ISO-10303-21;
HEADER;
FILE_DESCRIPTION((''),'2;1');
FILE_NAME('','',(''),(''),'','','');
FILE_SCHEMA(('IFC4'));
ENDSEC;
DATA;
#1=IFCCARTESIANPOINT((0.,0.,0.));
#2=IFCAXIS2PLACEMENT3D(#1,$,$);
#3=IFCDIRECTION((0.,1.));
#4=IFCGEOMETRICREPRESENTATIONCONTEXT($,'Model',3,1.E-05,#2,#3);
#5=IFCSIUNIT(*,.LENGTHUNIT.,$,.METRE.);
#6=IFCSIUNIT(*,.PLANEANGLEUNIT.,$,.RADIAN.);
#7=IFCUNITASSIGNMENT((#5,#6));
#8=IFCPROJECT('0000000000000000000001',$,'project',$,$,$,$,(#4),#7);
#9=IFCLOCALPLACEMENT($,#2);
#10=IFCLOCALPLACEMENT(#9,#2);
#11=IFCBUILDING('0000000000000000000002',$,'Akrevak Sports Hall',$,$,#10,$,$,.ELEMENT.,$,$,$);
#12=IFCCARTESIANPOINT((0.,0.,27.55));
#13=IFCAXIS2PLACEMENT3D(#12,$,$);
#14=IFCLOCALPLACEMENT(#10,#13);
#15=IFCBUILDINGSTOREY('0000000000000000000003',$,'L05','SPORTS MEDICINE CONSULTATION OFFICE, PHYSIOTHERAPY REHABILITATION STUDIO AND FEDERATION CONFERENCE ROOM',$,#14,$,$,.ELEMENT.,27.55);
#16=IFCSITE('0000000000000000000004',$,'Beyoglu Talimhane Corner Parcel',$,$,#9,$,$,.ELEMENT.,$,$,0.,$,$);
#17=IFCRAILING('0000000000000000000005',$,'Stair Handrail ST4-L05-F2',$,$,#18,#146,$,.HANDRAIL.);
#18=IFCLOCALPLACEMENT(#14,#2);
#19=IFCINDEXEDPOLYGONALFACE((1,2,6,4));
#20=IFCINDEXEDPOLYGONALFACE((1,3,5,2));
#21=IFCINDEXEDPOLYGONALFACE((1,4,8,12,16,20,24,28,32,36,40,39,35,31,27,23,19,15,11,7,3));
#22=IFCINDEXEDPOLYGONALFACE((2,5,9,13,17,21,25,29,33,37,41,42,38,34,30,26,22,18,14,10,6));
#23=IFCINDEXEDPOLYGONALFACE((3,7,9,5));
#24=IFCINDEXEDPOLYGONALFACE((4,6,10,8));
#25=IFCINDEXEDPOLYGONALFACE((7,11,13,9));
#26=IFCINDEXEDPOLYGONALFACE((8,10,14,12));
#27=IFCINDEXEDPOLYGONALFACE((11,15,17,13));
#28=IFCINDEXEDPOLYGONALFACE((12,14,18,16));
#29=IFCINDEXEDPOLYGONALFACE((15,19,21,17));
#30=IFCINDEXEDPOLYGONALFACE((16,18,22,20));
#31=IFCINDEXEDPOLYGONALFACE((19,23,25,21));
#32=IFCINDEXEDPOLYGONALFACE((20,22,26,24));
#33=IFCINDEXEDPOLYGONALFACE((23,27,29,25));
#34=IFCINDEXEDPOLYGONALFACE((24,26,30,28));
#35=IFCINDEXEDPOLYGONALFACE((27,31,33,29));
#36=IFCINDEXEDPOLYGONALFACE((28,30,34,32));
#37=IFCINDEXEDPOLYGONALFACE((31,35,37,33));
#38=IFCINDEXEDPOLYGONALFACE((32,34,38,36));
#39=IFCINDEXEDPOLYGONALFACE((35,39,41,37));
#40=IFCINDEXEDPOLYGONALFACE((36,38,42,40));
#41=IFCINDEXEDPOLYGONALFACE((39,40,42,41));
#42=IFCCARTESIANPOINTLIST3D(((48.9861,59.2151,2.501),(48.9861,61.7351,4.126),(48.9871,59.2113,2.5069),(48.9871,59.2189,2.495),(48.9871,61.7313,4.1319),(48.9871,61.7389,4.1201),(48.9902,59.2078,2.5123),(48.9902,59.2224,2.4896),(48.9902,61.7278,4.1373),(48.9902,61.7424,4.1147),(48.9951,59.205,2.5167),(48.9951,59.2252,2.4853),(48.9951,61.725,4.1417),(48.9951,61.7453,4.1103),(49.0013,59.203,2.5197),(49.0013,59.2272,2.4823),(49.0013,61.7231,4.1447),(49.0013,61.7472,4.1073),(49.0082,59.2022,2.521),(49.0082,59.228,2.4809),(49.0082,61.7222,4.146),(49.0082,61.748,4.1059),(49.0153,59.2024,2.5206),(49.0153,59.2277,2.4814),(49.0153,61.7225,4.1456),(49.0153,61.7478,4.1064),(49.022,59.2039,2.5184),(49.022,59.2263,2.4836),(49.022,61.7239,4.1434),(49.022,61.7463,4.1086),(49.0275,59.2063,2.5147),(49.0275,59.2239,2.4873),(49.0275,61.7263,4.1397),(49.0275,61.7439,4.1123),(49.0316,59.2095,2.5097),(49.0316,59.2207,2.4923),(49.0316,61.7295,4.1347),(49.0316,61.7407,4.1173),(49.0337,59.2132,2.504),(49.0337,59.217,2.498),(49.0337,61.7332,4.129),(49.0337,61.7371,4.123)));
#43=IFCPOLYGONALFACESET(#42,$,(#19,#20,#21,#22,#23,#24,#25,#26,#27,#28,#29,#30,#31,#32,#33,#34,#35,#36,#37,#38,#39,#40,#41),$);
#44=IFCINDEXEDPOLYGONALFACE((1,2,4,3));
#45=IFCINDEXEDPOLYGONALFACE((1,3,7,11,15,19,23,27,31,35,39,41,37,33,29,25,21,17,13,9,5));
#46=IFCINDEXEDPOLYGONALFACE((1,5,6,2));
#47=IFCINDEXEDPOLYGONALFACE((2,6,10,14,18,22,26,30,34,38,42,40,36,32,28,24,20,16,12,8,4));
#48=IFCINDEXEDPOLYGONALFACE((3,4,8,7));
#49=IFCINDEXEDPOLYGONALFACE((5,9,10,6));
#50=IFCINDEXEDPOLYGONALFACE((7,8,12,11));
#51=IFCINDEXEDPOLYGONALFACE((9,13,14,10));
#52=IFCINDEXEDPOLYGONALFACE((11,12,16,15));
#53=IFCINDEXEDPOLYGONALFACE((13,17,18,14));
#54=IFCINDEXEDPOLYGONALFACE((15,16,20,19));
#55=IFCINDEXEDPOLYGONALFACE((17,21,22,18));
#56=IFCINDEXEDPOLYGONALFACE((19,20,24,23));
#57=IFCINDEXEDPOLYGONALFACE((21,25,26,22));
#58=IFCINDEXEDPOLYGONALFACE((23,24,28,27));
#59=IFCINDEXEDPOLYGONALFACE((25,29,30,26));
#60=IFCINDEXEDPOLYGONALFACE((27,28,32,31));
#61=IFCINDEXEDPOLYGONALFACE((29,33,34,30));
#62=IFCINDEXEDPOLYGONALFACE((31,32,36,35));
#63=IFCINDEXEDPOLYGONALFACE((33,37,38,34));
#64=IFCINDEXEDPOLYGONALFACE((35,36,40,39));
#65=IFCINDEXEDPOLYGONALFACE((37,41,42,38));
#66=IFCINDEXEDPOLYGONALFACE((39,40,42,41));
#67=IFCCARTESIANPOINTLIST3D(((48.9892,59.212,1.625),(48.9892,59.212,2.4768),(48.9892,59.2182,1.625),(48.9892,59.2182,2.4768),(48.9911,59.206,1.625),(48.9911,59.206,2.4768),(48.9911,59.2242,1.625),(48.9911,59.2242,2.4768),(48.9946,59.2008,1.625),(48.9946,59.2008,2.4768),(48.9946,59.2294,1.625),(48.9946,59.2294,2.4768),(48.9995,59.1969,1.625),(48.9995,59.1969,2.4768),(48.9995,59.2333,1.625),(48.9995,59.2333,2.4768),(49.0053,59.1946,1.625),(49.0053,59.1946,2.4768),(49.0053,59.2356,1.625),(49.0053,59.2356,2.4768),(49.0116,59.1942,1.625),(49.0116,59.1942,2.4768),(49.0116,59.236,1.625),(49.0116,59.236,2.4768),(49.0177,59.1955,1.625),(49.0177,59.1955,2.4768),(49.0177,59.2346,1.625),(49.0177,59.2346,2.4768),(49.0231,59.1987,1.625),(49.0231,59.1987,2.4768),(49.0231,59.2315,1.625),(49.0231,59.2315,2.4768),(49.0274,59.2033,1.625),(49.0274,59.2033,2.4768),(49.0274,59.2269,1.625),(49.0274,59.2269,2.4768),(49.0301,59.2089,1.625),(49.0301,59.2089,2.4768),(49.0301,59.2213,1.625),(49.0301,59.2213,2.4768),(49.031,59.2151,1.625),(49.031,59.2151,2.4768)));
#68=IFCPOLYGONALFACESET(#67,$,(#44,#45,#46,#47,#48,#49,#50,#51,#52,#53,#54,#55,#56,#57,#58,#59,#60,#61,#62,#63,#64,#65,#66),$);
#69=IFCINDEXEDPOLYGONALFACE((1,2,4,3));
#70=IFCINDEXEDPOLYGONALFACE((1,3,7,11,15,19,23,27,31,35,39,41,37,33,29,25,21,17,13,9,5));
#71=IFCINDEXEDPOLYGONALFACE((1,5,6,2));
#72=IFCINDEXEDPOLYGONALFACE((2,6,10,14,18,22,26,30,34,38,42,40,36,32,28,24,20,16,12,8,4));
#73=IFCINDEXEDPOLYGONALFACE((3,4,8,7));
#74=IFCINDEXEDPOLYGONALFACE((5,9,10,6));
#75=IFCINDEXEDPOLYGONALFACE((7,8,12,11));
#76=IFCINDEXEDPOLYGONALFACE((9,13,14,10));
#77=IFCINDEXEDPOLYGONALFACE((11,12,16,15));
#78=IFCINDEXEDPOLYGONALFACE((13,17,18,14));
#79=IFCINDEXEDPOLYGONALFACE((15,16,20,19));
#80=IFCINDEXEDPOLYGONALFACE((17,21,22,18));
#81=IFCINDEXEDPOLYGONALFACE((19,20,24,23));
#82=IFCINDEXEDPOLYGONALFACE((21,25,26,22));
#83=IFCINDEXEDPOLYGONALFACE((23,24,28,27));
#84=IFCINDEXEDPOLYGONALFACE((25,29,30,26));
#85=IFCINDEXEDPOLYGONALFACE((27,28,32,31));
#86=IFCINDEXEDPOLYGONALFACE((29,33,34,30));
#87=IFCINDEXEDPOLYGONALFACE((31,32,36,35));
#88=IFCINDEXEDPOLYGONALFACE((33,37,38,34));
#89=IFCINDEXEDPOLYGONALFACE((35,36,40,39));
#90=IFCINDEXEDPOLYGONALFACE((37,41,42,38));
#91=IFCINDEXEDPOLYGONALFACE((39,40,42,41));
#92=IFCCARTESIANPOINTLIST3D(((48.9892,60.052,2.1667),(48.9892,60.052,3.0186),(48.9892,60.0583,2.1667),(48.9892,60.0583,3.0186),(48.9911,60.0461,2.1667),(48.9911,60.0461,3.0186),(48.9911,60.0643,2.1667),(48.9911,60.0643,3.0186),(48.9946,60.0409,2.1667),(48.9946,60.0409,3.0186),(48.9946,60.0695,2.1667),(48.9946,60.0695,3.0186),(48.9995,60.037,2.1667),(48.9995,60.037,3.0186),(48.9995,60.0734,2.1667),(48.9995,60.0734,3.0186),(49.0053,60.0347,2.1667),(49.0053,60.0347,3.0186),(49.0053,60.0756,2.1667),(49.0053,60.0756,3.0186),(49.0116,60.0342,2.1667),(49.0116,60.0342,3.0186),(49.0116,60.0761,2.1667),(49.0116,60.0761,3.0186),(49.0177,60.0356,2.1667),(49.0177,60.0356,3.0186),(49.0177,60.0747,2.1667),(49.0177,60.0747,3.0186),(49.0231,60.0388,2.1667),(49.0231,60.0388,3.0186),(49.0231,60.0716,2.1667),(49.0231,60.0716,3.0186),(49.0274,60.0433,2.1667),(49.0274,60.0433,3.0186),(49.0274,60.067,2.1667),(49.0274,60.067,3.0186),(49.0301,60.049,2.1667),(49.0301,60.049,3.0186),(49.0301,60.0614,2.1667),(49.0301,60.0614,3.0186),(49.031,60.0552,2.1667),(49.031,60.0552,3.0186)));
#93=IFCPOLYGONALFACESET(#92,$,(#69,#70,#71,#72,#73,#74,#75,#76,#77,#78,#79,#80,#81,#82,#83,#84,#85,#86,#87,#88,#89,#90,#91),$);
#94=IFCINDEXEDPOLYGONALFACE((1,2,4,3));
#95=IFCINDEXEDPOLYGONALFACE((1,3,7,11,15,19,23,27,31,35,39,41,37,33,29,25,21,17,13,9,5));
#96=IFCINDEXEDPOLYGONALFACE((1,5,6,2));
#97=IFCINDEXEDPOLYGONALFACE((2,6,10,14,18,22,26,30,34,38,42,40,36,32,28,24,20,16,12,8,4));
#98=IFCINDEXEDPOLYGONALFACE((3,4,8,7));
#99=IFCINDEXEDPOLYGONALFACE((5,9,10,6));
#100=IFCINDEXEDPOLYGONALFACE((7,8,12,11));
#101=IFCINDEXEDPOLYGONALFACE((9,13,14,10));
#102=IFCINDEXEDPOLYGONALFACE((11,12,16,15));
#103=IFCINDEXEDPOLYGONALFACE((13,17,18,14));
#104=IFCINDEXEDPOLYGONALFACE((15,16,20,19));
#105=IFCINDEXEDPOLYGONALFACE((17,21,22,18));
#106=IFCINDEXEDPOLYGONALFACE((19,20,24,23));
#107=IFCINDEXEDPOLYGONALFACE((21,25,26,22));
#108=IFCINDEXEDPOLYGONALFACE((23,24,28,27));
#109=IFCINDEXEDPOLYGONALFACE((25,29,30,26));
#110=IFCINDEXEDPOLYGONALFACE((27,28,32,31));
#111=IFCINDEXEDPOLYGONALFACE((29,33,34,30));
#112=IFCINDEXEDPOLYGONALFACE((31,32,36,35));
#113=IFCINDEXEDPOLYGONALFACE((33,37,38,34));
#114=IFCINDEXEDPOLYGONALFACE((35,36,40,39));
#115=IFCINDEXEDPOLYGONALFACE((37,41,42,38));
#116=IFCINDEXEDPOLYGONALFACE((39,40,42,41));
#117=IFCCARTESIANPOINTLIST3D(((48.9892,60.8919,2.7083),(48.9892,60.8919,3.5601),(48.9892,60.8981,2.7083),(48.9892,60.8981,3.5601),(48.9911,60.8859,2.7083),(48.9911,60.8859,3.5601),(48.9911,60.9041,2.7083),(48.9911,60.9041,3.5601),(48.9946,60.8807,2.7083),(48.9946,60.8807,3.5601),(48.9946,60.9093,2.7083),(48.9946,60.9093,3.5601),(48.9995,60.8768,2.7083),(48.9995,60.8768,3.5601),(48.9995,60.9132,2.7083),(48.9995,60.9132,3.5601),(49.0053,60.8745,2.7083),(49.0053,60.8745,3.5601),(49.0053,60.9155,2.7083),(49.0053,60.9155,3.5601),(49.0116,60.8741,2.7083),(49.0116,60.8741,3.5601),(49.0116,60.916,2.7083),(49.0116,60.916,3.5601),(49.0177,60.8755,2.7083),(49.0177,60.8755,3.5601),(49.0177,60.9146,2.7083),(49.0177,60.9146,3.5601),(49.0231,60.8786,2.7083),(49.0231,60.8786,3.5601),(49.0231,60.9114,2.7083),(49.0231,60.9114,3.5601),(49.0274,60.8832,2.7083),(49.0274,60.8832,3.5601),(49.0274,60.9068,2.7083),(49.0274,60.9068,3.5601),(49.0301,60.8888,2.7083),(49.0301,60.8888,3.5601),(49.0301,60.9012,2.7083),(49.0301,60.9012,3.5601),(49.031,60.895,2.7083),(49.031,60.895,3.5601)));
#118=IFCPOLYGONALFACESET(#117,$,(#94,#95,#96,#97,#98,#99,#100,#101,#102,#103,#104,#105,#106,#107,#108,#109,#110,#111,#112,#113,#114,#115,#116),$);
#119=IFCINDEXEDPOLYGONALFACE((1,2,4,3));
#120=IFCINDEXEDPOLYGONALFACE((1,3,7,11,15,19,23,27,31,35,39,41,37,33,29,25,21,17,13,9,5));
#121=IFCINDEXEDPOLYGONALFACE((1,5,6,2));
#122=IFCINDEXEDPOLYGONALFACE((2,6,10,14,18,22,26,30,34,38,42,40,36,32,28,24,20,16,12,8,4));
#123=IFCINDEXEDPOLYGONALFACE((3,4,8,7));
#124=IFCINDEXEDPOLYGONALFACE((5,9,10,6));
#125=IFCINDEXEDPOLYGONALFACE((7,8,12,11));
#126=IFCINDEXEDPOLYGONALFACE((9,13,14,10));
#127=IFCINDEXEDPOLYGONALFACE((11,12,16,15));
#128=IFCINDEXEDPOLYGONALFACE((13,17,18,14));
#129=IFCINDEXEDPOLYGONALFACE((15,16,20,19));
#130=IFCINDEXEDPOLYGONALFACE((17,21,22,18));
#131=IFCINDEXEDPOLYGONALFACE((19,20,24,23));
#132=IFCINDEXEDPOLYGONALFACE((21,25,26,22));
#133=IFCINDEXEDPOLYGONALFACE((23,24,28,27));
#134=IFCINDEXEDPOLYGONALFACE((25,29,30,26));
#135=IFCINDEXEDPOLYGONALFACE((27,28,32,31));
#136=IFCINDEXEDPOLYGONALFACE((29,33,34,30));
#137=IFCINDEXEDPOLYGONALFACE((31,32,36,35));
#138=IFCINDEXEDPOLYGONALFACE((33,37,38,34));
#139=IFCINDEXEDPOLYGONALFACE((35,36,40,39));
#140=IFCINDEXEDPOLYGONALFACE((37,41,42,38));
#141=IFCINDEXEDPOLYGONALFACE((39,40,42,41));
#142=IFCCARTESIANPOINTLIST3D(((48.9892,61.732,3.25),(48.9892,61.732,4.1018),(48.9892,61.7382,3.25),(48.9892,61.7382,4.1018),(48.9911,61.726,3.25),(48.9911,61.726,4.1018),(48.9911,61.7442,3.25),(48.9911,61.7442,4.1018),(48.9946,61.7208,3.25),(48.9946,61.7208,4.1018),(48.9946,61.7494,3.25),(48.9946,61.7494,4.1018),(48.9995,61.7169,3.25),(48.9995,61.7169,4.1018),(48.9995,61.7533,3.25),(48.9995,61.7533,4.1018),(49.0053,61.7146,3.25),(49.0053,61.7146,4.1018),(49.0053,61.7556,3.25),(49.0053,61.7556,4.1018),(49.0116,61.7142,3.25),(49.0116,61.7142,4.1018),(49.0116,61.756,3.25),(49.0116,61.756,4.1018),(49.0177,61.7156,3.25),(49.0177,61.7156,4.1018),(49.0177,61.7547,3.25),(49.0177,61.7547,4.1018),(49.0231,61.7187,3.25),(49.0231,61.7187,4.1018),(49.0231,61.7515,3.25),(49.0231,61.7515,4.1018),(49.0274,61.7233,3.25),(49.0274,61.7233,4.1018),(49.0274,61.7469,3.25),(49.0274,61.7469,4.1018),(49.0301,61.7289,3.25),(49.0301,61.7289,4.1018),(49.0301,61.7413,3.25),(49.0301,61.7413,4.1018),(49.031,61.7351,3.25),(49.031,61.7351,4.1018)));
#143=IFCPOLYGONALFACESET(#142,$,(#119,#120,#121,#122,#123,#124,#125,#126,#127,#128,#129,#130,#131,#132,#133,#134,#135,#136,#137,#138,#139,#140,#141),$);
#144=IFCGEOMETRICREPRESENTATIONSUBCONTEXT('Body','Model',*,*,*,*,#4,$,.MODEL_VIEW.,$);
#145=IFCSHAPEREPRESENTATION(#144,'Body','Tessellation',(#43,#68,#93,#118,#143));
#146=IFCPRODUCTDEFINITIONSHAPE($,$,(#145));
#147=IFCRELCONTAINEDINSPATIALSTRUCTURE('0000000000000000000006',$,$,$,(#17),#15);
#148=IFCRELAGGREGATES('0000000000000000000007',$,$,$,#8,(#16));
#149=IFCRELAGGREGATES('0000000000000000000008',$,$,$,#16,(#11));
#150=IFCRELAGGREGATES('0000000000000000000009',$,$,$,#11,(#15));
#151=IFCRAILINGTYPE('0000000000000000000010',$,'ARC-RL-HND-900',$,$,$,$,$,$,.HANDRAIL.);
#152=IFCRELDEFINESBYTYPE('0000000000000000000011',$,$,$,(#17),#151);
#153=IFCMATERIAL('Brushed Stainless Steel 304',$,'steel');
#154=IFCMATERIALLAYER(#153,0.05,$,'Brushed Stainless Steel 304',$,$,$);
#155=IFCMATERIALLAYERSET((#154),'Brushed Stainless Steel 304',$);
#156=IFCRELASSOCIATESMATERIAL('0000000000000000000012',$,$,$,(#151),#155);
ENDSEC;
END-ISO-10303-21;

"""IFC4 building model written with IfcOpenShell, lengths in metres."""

from ifc_helpers import new_model, si_unit, direction, frame, origin, origin_2d, place, context, subcontext, project, spatial, circle, extrude, material, layer, layer_set, type_object, element, save


model = new_model("IFC4")

# Units and contexts
model_context = context("Model", 3, precision=1e-05, world=origin(), true_north=direction((0.0, 1.0)))
body_context = subcontext(model_context, "Body", "Model", "MODEL_VIEW")
ifc_project = project(units=[si_unit("LENGTHUNIT", "METRE"), si_unit("PLANEANGLEUNIT", "RADIAN")], contexts=[model_context])

# Site, building, storey
site_placement = place(None, origin())
site = spatial("IfcSite", under=ifc_project, at=site_placement, Name="Beyoglu Talimhane Corner Parcel", CompositionType="ELEMENT", RefElevation=0.0)
building_placement = place(site_placement, origin())
building = spatial("IfcBuilding", under=site, at=building_placement, Name="Akrevak Sports Hall", CompositionType="ELEMENT")
storey_placement = place(building_placement, frame((0.0, 0.0, 27.55)))
storey = spatial("IfcBuildingStorey", under=building, at=storey_placement, Name="L05", Description="SPORTS MEDICINE CONSULTATION OFFICE, PHYSIOTHERAPY REHABILITATION STUDIO AND FEDERATION CONFERENCE ROOM", CompositionType="ELEMENT", Elevation=27.55)

# Railing
ifc_material_1 = material(Name="Brushed Stainless Steel 304", Category="steel")
ifc_layer_1 = layer(ifc_material_1, 0.05, Name="Brushed Stainless Steel 304")
ifc_layer_set_1 = layer_set([ifc_layer_1], Name="Brushed Stainless Steel 304")
railing_type = type_object("IfcRailingType", Name="ARC-RL-HND-900", PredefinedType="HANDRAIL", material=ifc_layer_set_1)
railing_placement = place(storey_placement, frame((49.01, 59.2151, 1.625)))
element("IfcRailing", 1, at=railing_placement, inside=storey, type_object=railing_type, Name="Stair Handrail ST4-L05-F2", PredefinedType="HANDRAIL", context=body_context, shape_type="SweptSolid", body=[
    extrude(circle(Radius=0.0239, at=origin_2d()), frame((0.0, 0.0, 0.876), z_axis=(0.0, 0.840421, 0.541934), x_axis=(-1.0, 0.0, 0.0)), (0.0, 0.0, 1.0), 2.9985),
    extrude(circle(Radius=0.021, at=origin_2d()), origin(), (0.0, 0.0, 1.0), 0.8518),
    extrude(circle(Radius=0.021, at=origin_2d()), frame((0.0, 0.8401, 0.5417)), (0.0, 0.0, 1.0), 0.8518),
    extrude(circle(Radius=0.021, at=origin_2d()), frame((0.0, 1.6799, 1.0833)), (0.0, 0.0, 1.0), 0.8518),
    extrude(circle(Radius=0.021, at=origin_2d()), frame((0.0, 2.52, 1.625)), (0.0, 0.0, 1.0), 0.8518),
])

save(model, "model.ifc")
